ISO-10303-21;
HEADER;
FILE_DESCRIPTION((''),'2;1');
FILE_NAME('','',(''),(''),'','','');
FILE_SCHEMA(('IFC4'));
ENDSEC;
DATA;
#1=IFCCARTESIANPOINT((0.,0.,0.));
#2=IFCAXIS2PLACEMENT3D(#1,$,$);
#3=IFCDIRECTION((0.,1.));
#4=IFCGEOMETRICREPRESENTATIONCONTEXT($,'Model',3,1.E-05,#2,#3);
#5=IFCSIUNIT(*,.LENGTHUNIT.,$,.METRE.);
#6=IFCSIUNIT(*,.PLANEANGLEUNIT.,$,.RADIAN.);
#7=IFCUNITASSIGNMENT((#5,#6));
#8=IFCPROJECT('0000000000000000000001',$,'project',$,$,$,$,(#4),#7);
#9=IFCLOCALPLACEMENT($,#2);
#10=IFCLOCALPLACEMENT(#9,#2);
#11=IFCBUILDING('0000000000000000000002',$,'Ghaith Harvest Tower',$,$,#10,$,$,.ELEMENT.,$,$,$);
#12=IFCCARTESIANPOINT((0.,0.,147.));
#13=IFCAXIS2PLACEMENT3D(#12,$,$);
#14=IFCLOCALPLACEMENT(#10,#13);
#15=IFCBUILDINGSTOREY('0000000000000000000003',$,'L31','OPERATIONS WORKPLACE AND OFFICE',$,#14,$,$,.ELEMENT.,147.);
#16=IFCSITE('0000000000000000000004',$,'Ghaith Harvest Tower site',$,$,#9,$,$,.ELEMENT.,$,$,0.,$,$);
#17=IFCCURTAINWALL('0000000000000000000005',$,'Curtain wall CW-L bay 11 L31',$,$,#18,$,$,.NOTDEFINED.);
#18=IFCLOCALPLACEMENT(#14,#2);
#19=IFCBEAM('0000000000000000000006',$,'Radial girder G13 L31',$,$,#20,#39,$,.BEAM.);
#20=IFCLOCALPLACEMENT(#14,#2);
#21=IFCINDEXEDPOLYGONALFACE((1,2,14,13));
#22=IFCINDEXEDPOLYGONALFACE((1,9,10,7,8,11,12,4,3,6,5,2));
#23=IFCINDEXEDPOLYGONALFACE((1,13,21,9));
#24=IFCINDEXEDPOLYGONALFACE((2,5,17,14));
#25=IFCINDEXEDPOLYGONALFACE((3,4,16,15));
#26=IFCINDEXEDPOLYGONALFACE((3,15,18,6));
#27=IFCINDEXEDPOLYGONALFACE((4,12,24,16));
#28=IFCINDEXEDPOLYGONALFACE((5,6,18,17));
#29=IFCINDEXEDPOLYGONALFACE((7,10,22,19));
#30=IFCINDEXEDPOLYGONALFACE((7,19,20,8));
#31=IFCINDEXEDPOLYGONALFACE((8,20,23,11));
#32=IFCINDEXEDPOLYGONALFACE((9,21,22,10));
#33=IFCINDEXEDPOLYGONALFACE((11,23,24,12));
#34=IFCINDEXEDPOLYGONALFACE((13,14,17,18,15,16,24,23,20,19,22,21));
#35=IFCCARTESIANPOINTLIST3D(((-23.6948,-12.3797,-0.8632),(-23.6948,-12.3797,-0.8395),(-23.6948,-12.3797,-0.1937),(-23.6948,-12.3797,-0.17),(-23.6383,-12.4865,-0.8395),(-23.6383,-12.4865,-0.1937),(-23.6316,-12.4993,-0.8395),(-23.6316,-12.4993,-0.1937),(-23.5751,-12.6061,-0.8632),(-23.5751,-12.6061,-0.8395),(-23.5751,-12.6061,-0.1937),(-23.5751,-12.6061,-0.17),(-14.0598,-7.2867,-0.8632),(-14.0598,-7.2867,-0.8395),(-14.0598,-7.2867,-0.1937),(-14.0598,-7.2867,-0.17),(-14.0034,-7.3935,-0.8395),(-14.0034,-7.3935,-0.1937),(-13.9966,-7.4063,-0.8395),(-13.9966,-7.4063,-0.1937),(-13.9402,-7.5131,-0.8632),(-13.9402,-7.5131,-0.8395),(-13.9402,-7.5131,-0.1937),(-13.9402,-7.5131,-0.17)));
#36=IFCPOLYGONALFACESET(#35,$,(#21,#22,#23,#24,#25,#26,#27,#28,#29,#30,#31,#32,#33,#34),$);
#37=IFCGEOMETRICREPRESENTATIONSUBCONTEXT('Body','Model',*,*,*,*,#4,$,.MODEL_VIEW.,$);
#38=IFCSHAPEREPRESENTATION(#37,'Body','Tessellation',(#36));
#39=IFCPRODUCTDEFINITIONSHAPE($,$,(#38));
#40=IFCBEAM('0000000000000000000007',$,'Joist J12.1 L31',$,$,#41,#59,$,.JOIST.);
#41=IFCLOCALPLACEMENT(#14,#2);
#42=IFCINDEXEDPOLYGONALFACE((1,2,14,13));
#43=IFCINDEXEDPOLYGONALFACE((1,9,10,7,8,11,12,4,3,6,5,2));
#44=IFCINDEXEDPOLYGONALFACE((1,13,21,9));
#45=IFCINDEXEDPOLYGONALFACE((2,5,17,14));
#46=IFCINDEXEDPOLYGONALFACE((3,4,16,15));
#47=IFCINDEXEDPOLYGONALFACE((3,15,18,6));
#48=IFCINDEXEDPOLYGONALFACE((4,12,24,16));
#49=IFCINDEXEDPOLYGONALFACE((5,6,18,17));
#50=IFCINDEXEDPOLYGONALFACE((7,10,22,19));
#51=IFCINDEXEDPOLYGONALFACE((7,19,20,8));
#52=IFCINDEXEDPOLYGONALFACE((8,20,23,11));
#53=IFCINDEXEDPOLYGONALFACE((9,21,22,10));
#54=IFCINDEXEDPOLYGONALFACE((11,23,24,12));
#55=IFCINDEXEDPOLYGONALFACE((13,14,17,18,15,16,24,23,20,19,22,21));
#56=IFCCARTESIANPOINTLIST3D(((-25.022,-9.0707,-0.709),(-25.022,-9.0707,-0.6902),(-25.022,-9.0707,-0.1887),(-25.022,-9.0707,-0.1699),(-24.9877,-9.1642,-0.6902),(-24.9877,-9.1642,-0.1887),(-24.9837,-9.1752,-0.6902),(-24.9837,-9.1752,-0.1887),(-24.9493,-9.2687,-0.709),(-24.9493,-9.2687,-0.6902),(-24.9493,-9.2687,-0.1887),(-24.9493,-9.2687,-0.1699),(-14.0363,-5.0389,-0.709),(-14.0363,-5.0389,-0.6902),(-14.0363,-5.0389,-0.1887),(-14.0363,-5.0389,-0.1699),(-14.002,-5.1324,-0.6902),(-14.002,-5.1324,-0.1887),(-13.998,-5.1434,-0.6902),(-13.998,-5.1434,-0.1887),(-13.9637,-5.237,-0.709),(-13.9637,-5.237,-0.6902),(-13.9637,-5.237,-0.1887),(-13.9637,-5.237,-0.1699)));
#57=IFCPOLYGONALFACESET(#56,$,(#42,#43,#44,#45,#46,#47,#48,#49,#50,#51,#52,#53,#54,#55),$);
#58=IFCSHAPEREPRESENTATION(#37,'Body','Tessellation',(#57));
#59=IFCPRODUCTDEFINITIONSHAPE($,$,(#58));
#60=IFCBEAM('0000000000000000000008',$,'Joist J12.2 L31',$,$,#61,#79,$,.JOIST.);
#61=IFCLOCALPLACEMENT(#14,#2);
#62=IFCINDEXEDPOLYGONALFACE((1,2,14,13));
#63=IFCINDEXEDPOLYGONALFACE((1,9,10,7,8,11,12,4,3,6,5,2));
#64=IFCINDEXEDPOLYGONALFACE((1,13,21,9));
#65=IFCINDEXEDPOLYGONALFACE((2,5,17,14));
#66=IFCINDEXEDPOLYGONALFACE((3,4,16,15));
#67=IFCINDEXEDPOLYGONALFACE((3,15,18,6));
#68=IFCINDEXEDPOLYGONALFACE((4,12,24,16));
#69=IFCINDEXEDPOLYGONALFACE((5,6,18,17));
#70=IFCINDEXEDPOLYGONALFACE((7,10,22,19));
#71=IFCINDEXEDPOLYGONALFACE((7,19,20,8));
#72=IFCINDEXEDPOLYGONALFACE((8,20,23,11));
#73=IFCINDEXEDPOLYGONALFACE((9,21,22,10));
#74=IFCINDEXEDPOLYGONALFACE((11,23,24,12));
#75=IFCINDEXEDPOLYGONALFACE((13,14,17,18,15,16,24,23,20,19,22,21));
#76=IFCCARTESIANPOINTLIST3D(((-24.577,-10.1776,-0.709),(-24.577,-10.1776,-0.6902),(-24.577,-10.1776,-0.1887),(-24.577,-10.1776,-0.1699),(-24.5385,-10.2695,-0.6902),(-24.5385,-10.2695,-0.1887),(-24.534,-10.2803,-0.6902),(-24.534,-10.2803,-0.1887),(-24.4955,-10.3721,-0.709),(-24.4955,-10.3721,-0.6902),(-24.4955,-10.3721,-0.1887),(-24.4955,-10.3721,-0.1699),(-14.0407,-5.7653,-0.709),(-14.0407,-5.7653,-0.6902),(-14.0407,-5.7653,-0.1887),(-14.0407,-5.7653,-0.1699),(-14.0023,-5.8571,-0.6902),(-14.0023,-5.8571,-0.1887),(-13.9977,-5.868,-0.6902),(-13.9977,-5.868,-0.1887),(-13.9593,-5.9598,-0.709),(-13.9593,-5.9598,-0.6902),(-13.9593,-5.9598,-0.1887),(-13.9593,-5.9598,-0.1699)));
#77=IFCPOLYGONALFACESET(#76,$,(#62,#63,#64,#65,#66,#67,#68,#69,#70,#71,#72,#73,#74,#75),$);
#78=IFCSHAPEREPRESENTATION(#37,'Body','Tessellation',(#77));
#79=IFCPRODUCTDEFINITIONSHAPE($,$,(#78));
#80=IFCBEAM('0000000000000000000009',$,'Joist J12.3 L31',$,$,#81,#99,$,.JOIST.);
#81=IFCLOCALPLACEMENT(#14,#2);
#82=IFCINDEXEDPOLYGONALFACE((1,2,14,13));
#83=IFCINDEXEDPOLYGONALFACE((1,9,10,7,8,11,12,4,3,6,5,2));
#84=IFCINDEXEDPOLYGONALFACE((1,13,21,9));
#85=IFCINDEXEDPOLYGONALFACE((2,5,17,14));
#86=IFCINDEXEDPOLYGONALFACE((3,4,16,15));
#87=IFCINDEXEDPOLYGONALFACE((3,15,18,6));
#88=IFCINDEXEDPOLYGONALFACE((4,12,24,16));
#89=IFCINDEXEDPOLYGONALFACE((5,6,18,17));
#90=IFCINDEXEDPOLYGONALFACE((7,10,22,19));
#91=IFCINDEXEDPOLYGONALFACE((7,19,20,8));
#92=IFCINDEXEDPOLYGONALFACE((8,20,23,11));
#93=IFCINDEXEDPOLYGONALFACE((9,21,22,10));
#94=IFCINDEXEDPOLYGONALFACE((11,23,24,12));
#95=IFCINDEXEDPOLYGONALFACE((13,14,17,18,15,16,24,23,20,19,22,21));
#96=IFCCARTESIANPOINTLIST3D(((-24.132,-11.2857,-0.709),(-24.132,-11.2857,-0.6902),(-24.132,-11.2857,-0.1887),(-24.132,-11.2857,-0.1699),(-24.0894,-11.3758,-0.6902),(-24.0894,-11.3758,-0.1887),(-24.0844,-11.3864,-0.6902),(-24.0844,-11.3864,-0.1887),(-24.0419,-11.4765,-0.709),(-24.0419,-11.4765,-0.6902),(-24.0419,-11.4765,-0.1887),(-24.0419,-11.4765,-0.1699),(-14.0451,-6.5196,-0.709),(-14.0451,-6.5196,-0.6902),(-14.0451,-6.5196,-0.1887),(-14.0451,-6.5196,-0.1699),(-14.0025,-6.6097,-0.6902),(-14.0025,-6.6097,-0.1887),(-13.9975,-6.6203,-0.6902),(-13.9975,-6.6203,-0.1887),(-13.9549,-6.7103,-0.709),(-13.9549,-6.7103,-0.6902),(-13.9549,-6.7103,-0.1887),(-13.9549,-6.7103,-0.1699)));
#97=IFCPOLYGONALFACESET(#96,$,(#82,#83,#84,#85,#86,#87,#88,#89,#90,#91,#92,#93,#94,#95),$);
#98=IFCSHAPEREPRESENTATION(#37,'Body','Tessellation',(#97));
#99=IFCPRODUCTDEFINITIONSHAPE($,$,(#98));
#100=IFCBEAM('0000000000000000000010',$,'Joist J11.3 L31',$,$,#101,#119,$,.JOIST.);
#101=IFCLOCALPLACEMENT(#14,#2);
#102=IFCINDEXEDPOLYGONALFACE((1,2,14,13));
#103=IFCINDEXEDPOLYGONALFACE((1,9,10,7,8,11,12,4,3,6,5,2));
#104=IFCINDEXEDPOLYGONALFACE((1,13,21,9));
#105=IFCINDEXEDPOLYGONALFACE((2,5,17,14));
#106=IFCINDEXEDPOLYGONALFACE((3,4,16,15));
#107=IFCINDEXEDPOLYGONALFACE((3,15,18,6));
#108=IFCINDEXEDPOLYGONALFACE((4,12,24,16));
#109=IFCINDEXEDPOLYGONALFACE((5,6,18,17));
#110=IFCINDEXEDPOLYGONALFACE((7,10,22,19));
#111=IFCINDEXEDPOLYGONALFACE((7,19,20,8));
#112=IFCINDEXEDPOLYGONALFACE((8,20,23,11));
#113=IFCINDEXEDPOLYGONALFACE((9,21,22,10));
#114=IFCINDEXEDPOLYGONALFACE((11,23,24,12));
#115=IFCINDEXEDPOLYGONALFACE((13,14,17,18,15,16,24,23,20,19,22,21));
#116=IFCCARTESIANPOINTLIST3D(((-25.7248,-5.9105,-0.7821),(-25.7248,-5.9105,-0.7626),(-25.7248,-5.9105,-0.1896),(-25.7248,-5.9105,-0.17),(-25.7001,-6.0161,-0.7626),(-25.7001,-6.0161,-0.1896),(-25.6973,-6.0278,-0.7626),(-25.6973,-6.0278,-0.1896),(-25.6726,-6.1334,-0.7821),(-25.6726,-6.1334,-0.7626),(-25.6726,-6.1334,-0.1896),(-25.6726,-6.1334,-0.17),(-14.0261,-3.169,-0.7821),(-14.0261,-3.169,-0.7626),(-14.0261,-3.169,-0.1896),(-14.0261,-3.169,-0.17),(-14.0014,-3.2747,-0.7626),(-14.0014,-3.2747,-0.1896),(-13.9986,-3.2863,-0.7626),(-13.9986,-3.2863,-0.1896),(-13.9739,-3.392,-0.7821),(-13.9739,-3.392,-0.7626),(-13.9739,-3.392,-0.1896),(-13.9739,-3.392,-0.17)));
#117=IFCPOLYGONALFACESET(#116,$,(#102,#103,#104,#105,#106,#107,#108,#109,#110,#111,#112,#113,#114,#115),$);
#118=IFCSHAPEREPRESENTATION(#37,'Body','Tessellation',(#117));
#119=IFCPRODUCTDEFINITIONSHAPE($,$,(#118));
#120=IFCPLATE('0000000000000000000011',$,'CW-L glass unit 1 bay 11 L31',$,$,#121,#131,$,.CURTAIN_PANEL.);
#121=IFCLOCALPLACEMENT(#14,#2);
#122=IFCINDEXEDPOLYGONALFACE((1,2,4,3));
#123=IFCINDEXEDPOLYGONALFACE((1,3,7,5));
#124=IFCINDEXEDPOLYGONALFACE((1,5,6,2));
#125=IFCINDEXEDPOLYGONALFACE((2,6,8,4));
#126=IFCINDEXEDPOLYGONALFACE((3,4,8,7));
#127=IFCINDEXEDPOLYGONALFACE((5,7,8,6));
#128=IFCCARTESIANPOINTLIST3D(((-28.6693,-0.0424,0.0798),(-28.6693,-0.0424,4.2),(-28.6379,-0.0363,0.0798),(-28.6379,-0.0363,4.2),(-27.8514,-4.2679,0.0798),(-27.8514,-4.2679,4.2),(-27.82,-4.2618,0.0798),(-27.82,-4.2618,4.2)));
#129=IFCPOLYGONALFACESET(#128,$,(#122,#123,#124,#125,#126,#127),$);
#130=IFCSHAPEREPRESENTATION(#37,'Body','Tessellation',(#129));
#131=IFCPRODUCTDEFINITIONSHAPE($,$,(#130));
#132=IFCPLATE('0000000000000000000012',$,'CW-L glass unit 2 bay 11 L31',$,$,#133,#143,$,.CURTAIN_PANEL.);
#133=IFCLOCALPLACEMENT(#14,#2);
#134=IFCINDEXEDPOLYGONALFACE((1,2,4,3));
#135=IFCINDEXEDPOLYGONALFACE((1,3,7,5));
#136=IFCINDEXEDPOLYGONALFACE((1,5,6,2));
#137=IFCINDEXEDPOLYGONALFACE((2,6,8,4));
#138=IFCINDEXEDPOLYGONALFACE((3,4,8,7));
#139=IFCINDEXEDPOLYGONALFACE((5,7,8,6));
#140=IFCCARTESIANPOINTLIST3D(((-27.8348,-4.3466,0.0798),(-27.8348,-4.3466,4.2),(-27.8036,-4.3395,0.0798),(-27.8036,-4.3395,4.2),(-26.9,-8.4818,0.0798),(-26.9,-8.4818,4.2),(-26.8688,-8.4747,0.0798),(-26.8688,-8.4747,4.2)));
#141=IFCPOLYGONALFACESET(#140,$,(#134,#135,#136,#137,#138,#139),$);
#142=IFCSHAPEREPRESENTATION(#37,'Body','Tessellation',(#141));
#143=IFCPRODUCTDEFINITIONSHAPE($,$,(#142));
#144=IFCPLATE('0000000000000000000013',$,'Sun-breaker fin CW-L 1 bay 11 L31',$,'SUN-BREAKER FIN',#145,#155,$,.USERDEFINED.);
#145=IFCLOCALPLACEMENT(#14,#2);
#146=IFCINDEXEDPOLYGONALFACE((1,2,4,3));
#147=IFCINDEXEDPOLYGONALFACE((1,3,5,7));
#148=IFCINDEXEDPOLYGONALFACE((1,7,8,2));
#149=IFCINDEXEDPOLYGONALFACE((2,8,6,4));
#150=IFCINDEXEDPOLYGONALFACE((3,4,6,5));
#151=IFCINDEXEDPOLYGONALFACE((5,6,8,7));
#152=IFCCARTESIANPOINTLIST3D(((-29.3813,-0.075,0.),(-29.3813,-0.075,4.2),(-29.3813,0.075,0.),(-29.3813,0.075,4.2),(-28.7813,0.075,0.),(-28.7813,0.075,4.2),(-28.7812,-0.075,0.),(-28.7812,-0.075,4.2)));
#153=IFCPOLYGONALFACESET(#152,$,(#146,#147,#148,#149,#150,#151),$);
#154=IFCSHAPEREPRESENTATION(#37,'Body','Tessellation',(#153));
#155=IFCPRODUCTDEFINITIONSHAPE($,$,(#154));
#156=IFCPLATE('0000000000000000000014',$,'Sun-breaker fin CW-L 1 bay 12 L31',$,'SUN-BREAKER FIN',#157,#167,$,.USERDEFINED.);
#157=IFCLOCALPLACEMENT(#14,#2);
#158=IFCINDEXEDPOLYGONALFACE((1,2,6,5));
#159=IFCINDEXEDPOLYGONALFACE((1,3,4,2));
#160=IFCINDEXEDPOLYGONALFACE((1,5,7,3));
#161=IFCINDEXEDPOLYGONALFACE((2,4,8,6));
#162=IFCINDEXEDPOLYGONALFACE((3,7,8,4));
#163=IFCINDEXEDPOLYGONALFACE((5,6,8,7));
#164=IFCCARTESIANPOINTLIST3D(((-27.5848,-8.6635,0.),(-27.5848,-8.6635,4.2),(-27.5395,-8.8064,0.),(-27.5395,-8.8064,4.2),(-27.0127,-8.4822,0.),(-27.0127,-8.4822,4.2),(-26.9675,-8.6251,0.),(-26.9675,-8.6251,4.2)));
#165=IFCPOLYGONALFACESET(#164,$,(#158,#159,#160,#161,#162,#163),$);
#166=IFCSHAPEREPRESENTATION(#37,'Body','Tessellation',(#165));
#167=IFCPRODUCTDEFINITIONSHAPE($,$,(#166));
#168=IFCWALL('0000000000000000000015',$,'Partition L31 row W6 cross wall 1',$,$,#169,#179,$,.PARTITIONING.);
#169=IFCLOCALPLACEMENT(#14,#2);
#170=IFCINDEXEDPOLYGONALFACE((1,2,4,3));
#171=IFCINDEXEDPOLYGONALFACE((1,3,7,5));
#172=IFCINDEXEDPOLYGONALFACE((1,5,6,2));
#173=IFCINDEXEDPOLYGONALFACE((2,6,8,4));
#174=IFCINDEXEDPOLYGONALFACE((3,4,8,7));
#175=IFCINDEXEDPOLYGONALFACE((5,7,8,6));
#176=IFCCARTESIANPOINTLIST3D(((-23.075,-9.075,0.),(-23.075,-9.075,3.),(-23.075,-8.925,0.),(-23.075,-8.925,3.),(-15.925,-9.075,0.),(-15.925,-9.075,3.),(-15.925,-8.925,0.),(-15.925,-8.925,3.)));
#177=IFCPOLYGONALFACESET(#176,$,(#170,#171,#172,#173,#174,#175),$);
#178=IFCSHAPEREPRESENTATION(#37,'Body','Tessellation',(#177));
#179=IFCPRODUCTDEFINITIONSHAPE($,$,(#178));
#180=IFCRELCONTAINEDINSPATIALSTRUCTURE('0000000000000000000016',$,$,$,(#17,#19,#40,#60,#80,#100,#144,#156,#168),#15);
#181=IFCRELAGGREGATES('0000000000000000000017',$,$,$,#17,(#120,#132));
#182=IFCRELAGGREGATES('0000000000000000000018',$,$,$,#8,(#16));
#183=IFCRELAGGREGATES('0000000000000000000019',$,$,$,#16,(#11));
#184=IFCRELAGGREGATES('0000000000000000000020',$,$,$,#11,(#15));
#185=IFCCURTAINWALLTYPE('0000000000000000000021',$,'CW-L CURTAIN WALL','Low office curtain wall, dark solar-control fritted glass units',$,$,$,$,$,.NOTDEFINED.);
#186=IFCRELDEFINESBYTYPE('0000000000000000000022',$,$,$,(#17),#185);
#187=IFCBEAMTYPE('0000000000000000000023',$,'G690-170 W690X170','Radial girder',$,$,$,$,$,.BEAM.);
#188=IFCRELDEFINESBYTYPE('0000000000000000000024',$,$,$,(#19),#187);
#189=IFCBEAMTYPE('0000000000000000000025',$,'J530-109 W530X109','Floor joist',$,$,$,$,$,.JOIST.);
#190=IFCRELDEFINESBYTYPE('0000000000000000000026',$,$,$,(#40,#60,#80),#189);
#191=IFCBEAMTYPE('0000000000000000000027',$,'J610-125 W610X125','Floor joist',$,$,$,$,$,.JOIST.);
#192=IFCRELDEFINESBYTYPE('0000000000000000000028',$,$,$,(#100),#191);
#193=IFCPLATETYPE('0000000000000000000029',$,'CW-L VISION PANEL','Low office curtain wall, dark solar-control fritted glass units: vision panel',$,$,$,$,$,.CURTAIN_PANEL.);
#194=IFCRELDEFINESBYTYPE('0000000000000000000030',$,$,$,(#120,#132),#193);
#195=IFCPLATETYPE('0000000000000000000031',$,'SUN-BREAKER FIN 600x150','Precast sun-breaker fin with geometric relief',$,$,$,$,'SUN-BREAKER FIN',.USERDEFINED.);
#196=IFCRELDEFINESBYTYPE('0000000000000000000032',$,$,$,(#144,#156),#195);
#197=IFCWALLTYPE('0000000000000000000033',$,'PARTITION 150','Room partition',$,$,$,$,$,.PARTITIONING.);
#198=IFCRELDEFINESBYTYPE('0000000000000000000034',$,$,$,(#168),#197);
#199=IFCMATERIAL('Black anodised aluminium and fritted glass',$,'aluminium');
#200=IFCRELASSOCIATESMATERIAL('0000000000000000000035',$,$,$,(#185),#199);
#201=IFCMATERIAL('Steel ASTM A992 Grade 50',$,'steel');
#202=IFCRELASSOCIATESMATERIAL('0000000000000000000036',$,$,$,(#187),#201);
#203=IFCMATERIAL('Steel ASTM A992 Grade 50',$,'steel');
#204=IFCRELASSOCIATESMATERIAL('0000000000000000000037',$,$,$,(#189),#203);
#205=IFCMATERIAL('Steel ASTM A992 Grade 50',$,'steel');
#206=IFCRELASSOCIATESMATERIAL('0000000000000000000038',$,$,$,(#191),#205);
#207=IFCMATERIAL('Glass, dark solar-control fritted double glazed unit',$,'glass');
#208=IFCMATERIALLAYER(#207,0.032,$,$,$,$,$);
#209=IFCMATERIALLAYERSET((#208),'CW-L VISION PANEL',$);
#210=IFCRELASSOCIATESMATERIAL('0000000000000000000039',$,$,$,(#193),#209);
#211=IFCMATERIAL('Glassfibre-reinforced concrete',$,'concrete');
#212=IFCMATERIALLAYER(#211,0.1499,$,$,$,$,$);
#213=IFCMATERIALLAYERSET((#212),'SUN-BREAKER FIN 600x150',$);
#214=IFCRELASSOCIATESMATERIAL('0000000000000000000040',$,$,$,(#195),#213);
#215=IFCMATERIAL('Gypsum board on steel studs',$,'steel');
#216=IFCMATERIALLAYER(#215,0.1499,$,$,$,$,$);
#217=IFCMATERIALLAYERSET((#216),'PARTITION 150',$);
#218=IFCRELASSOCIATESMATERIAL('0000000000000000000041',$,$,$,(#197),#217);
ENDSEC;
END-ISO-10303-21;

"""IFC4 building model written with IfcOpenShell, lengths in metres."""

from ifc_helpers import new_model, si_unit, direction, frame, frame_2d, origin, origin_2d, place, context, subcontext, project, spatial, rectangle, i_section, extrude, material, layer, layer_set, material_profile, profile_set, type_object, element, aggregate, save


model = new_model("IFC4")

# Units and contexts
model_context = context("Model", 3, precision=1e-05, world=origin(), true_north=direction((0.0, 1.0)))
body_context = subcontext(model_context, "Body", "Model", "MODEL_VIEW")
ifc_project = project(units=[si_unit("LENGTHUNIT", "METRE"), si_unit("PLANEANGLEUNIT", "RADIAN")], contexts=[model_context])

# Site, building, storey
site_placement = place(None, origin())
site = spatial("IfcSite", under=ifc_project, at=site_placement, Name="Ghaith Harvest Tower site", CompositionType="ELEMENT", RefElevation=0.0)
building_placement = place(site_placement, origin())
building = spatial("IfcBuilding", under=site, at=building_placement, Name="Ghaith Harvest Tower", CompositionType="ELEMENT")
storey_placement = place(building_placement, frame((0.0, 0.0, 147.0)))
storey = spatial("IfcBuildingStorey", under=building, at=storey_placement, Name="L31", Description="OPERATIONS WORKPLACE AND OFFICE", CompositionType="ELEMENT", Elevation=147.0)

# Curtain wall
ifc_material_1 = material(Name="Black anodised aluminium and fritted glass", Category="aluminium")
curtain_wall_type = type_object("IfcCurtainWallType", Name="CW-L CURTAIN WALL", Description="Low office curtain wall, dark solar-control fritted glass units", PredefinedType="NOTDEFINED", material=ifc_material_1)
curtain_wall_1_placement = place(storey_placement, origin())
curtain_wall_1 = element("IfcCurtainWall", 1, at=curtain_wall_1_placement, inside=storey, type_object=curtain_wall_type, Name="Curtain wall CW-L bay 11 L31", PredefinedType="NOTDEFINED")

# Beams
ifc_material_2 = material(Name="Steel ASTM A992 Grade 50", Category="steel")
ifc_material_profile_1 = material_profile(ifc_material_2, i_section(OverallWidth=0.2561, OverallDepth=0.6931, WebThickness=0.0144, FlangeThickness=0.0237, at=origin_2d()), Name="W690X170")
ifc_profile_set_1 = profile_set([ifc_material_profile_1], Name="Steel ASTM A992 Grade 50")
beam_type_1 = type_object("IfcBeamType", Name="G690-170 W690X170", Description="Radial girder", PredefinedType="BEAM", material=ifc_profile_set_1)
beam_1_placement = place(storey_placement, frame((-14.0, -7.3999, -0.5166), z_axis=(-0.884086, -0.467324, 0.0), x_axis=(0.467324, -0.884086, 0.0)))
element("IfcBeam", 2, at=beam_1_placement, inside=storey, type_object=beam_type_1, Name="Radial girder G13 L31", PredefinedType="BEAM", context=body_context, shape_type="SweptSolid", body=[
    extrude(i_section(OverallWidth=0.2561, OverallDepth=0.6931, WebThickness=0.0144, FlangeThickness=0.0237, at=origin_2d()), origin(), (0.0, 0.0, 1.0), 10.8982),
])
ifc_material_3 = material(Name="Steel ASTM A992 Grade 50", Category="steel")
ifc_material_profile_2 = material_profile(ifc_material_3, i_section(OverallWidth=0.2109, OverallDepth=0.5391, WebThickness=0.0117, FlangeThickness=0.0188, at=origin_2d()), Name="W530X109")
ifc_profile_set_2 = profile_set([ifc_material_profile_2], Name="Steel ASTM A992 Grade 50")
beam_type_2 = type_object("IfcBeamType", Name="J530-109 W530X109", Description="Floor joist", PredefinedType="JOIST", material=ifc_profile_set_2)
beam_2_placement = place(storey_placement, frame((-14.0, -5.1379, -0.4395), z_axis=(-0.938774, -0.344532, 0.0), x_axis=(0.344532, -0.938774, 0.0)))
element("IfcBeam", 3, at=beam_2_placement, inside=storey, type_object=beam_type_2, Name="Joist J12.1 L31", PredefinedType="JOIST", context=body_context, shape_type="SweptSolid", body=[
    extrude(i_section(OverallWidth=0.2109, OverallDepth=0.5391, WebThickness=0.0117, FlangeThickness=0.0188, at=origin_2d()), origin(), (0.0, 0.0, 1.0), 11.7021),
])
beam_3_placement = place(storey_placement, frame((-14.0, -5.8625, -0.4395), z_axis=(-0.922386, -0.38627, 0.0), x_axis=(0.38627, -0.922386, 0.0)))
element("IfcBeam", 4, at=beam_3_placement, inside=storey, type_object=beam_type_2, Name="Joist J12.2 L31", PredefinedType="JOIST", context=body_context, shape_type="SweptSolid", body=[
    extrude(i_section(OverallWidth=0.2109, OverallDepth=0.5391, WebThickness=0.0117, FlangeThickness=0.0188, at=origin_2d()), origin(), (0.0, 0.0, 1.0), 11.4229),
])
beam_4_placement = place(storey_placement, frame((-14.0, -6.615, -0.4395), z_axis=(-0.90415, -0.427215, 0.0), x_axis=(0.427215, -0.90415, 0.0)))
element("IfcBeam", 5, at=beam_4_placement, inside=storey, type_object=beam_type_2, Name="Joist J12.3 L31", PredefinedType="JOIST", context=body_context, shape_type="SweptSolid", body=[
    extrude(i_section(OverallWidth=0.2109, OverallDepth=0.5391, WebThickness=0.0117, FlangeThickness=0.0188, at=origin_2d()), origin(), (0.0, 0.0, 1.0), 11.1562),
])
ifc_material_4 = material(Name="Steel ASTM A992 Grade 50", Category="steel")
ifc_material_profile_3 = material_profile(ifc_material_4, i_section(OverallWidth=0.229, OverallDepth=0.6121, WebThickness=0.012, FlangeThickness=0.0195, at=origin_2d()), Name="W610X125")
ifc_profile_set_3 = profile_set([ifc_material_profile_3], Name="Steel ASTM A992 Grade 50")
beam_type_3 = type_object("IfcBeamType", Name="J610-125 W610X125", Description="Floor joist", PredefinedType="JOIST", material=ifc_profile_set_3)
beam_5_placement = place(storey_placement, frame((-14.0, -3.2805, -0.4761), z_axis=(-0.973624, -0.228157, 0.0), x_axis=(0.228157, -0.973624, 0.0)))
element("IfcBeam", 6, at=beam_5_placement, inside=storey, type_object=beam_type_3, Name="Joist J11.3 L31", PredefinedType="JOIST", context=body_context, shape_type="SweptSolid", body=[
    extrude(i_section(OverallWidth=0.229, OverallDepth=0.6121, WebThickness=0.012, FlangeThickness=0.0195, at=origin_2d()), origin(), (0.0, 0.0, 1.0), 12.0156),
])

# Plates
ifc_material_5 = material(Name="Glass, dark solar-control fritted double glazed unit", Category="glass")
ifc_layer_1 = layer(ifc_material_5, 0.032)
ifc_layer_set_1 = layer_set([ifc_layer_1], Name="CW-L VISION PANEL")
plate_type_1 = type_object("IfcPlateType", Name="CW-L VISION PANEL", Description="Low office curtain wall, dark solar-control fritted glass units: vision panel", PredefinedType="CURTAIN_PANEL", material=ifc_layer_set_1)
plate_1_placement = place(storey_placement, frame((-28.2446, -2.1521, 0.0798), z_axis=(0.0, 0.0, 1.0), x_axis=(0.190045, -0.981775, 0.0)))
plate_1 = element("IfcPlate", 7, at=plate_1_placement, type_object=plate_type_1, Name="CW-L glass unit 1 bay 11 L31", PredefinedType="CURTAIN_PANEL", context=body_context, shape_type="SweptSolid", body=[
    extrude(rectangle(XDim=4.304, YDim=0.032, at=origin_2d()), origin(), (0.0, 0.0, 1.0), 4.1201),
])
plate_2_placement = place(storey_placement, frame((-27.3518, -6.4106, 0.0798), z_axis=(0.0, 0.0, 1.0), x_axis=(0.220483, -0.975391, 0.0)))
plate_2 = element("IfcPlate", 8, at=plate_2_placement, type_object=plate_type_1, Name="CW-L glass unit 2 bay 11 L31", PredefinedType="CURTAIN_PANEL", context=body_context, shape_type="SweptSolid", body=[
    extrude(rectangle(XDim=4.2395, YDim=0.032, at=origin_2d()), origin(), (0.0, 0.0, 1.0), 4.1201),
])
aggregate(curtain_wall_1, [plate_1, plate_2])

# Plates
ifc_material_6 = material(Name="Glassfibre-reinforced concrete", Category="concrete")
ifc_layer_2 = layer(ifc_material_6, 0.1499)
ifc_layer_set_2 = layer_set([ifc_layer_2], Name="SUN-BREAKER FIN 600x150")
plate_type_2 = type_object("IfcPlateType", Name="SUN-BREAKER FIN 600x150", Description="Precast sun-breaker fin with geometric relief", ElementType="SUN-BREAKER FIN", PredefinedType="USERDEFINED", material=ifc_layer_set_2)
for number, where, z_axis, x_axis, name in (
    (9, (-29.0813, 0.0, 0.0), (0.0, 0.0, 1.0), (-1.0, 0.0, 0.0), "Sun-breaker fin CW-L 1 bay 11 L31"),
    (10, (-27.2761, -8.6443, 0.0), (0.0, 0.0, 1.0), (-0.953273, -0.30211, 0.0), "Sun-breaker fin CW-L 1 bay 12 L31"),
):
    element("IfcPlate", number, at=place(storey_placement, frame(where, z_axis=z_axis, x_axis=x_axis)), inside=storey, type_object=plate_type_2, Name=name, ObjectType="SUN-BREAKER FIN", PredefinedType="USERDEFINED", context=body_context, shape_type="SweptSolid", body=[
        extrude(rectangle(XDim=0.6001, YDim=0.1499, at=origin_2d()), origin(), (0.0, 0.0, 1.0), 4.2),
    ])

# Wall
ifc_material_7 = material(Name="Gypsum board on steel studs", Category="steel")
ifc_layer_3 = layer(ifc_material_7, 0.1499)
ifc_layer_set_3 = layer_set([ifc_layer_3], Name="PARTITION 150")
wall_type = type_object("IfcWallType", Name="PARTITION 150", Description="Room partition", PredefinedType="PARTITIONING", material=ifc_layer_set_3)
for number, where, z_axis, x_axis, name in (
    (11, (-15.925, -9.0, 0.0), (0.0, 0.0, 1.0), (-1.0, 0.0, 0.0), "Partition L31 row W6 cross wall 1"),
):
    element("IfcWall", number, at=place(storey_placement, frame(where, z_axis=z_axis, x_axis=x_axis)), inside=storey, type_object=wall_type, Name=name, PredefinedType="PARTITIONING", context=body_context, shape_type="SweptSolid", body=[
        extrude(rectangle(XDim=7.1499, YDim=0.1499, at=frame_2d((3.575, 0.0))), origin(), (0.0, 0.0, 1.0), 3.0),
    ])

save(model, "model.ifc")
